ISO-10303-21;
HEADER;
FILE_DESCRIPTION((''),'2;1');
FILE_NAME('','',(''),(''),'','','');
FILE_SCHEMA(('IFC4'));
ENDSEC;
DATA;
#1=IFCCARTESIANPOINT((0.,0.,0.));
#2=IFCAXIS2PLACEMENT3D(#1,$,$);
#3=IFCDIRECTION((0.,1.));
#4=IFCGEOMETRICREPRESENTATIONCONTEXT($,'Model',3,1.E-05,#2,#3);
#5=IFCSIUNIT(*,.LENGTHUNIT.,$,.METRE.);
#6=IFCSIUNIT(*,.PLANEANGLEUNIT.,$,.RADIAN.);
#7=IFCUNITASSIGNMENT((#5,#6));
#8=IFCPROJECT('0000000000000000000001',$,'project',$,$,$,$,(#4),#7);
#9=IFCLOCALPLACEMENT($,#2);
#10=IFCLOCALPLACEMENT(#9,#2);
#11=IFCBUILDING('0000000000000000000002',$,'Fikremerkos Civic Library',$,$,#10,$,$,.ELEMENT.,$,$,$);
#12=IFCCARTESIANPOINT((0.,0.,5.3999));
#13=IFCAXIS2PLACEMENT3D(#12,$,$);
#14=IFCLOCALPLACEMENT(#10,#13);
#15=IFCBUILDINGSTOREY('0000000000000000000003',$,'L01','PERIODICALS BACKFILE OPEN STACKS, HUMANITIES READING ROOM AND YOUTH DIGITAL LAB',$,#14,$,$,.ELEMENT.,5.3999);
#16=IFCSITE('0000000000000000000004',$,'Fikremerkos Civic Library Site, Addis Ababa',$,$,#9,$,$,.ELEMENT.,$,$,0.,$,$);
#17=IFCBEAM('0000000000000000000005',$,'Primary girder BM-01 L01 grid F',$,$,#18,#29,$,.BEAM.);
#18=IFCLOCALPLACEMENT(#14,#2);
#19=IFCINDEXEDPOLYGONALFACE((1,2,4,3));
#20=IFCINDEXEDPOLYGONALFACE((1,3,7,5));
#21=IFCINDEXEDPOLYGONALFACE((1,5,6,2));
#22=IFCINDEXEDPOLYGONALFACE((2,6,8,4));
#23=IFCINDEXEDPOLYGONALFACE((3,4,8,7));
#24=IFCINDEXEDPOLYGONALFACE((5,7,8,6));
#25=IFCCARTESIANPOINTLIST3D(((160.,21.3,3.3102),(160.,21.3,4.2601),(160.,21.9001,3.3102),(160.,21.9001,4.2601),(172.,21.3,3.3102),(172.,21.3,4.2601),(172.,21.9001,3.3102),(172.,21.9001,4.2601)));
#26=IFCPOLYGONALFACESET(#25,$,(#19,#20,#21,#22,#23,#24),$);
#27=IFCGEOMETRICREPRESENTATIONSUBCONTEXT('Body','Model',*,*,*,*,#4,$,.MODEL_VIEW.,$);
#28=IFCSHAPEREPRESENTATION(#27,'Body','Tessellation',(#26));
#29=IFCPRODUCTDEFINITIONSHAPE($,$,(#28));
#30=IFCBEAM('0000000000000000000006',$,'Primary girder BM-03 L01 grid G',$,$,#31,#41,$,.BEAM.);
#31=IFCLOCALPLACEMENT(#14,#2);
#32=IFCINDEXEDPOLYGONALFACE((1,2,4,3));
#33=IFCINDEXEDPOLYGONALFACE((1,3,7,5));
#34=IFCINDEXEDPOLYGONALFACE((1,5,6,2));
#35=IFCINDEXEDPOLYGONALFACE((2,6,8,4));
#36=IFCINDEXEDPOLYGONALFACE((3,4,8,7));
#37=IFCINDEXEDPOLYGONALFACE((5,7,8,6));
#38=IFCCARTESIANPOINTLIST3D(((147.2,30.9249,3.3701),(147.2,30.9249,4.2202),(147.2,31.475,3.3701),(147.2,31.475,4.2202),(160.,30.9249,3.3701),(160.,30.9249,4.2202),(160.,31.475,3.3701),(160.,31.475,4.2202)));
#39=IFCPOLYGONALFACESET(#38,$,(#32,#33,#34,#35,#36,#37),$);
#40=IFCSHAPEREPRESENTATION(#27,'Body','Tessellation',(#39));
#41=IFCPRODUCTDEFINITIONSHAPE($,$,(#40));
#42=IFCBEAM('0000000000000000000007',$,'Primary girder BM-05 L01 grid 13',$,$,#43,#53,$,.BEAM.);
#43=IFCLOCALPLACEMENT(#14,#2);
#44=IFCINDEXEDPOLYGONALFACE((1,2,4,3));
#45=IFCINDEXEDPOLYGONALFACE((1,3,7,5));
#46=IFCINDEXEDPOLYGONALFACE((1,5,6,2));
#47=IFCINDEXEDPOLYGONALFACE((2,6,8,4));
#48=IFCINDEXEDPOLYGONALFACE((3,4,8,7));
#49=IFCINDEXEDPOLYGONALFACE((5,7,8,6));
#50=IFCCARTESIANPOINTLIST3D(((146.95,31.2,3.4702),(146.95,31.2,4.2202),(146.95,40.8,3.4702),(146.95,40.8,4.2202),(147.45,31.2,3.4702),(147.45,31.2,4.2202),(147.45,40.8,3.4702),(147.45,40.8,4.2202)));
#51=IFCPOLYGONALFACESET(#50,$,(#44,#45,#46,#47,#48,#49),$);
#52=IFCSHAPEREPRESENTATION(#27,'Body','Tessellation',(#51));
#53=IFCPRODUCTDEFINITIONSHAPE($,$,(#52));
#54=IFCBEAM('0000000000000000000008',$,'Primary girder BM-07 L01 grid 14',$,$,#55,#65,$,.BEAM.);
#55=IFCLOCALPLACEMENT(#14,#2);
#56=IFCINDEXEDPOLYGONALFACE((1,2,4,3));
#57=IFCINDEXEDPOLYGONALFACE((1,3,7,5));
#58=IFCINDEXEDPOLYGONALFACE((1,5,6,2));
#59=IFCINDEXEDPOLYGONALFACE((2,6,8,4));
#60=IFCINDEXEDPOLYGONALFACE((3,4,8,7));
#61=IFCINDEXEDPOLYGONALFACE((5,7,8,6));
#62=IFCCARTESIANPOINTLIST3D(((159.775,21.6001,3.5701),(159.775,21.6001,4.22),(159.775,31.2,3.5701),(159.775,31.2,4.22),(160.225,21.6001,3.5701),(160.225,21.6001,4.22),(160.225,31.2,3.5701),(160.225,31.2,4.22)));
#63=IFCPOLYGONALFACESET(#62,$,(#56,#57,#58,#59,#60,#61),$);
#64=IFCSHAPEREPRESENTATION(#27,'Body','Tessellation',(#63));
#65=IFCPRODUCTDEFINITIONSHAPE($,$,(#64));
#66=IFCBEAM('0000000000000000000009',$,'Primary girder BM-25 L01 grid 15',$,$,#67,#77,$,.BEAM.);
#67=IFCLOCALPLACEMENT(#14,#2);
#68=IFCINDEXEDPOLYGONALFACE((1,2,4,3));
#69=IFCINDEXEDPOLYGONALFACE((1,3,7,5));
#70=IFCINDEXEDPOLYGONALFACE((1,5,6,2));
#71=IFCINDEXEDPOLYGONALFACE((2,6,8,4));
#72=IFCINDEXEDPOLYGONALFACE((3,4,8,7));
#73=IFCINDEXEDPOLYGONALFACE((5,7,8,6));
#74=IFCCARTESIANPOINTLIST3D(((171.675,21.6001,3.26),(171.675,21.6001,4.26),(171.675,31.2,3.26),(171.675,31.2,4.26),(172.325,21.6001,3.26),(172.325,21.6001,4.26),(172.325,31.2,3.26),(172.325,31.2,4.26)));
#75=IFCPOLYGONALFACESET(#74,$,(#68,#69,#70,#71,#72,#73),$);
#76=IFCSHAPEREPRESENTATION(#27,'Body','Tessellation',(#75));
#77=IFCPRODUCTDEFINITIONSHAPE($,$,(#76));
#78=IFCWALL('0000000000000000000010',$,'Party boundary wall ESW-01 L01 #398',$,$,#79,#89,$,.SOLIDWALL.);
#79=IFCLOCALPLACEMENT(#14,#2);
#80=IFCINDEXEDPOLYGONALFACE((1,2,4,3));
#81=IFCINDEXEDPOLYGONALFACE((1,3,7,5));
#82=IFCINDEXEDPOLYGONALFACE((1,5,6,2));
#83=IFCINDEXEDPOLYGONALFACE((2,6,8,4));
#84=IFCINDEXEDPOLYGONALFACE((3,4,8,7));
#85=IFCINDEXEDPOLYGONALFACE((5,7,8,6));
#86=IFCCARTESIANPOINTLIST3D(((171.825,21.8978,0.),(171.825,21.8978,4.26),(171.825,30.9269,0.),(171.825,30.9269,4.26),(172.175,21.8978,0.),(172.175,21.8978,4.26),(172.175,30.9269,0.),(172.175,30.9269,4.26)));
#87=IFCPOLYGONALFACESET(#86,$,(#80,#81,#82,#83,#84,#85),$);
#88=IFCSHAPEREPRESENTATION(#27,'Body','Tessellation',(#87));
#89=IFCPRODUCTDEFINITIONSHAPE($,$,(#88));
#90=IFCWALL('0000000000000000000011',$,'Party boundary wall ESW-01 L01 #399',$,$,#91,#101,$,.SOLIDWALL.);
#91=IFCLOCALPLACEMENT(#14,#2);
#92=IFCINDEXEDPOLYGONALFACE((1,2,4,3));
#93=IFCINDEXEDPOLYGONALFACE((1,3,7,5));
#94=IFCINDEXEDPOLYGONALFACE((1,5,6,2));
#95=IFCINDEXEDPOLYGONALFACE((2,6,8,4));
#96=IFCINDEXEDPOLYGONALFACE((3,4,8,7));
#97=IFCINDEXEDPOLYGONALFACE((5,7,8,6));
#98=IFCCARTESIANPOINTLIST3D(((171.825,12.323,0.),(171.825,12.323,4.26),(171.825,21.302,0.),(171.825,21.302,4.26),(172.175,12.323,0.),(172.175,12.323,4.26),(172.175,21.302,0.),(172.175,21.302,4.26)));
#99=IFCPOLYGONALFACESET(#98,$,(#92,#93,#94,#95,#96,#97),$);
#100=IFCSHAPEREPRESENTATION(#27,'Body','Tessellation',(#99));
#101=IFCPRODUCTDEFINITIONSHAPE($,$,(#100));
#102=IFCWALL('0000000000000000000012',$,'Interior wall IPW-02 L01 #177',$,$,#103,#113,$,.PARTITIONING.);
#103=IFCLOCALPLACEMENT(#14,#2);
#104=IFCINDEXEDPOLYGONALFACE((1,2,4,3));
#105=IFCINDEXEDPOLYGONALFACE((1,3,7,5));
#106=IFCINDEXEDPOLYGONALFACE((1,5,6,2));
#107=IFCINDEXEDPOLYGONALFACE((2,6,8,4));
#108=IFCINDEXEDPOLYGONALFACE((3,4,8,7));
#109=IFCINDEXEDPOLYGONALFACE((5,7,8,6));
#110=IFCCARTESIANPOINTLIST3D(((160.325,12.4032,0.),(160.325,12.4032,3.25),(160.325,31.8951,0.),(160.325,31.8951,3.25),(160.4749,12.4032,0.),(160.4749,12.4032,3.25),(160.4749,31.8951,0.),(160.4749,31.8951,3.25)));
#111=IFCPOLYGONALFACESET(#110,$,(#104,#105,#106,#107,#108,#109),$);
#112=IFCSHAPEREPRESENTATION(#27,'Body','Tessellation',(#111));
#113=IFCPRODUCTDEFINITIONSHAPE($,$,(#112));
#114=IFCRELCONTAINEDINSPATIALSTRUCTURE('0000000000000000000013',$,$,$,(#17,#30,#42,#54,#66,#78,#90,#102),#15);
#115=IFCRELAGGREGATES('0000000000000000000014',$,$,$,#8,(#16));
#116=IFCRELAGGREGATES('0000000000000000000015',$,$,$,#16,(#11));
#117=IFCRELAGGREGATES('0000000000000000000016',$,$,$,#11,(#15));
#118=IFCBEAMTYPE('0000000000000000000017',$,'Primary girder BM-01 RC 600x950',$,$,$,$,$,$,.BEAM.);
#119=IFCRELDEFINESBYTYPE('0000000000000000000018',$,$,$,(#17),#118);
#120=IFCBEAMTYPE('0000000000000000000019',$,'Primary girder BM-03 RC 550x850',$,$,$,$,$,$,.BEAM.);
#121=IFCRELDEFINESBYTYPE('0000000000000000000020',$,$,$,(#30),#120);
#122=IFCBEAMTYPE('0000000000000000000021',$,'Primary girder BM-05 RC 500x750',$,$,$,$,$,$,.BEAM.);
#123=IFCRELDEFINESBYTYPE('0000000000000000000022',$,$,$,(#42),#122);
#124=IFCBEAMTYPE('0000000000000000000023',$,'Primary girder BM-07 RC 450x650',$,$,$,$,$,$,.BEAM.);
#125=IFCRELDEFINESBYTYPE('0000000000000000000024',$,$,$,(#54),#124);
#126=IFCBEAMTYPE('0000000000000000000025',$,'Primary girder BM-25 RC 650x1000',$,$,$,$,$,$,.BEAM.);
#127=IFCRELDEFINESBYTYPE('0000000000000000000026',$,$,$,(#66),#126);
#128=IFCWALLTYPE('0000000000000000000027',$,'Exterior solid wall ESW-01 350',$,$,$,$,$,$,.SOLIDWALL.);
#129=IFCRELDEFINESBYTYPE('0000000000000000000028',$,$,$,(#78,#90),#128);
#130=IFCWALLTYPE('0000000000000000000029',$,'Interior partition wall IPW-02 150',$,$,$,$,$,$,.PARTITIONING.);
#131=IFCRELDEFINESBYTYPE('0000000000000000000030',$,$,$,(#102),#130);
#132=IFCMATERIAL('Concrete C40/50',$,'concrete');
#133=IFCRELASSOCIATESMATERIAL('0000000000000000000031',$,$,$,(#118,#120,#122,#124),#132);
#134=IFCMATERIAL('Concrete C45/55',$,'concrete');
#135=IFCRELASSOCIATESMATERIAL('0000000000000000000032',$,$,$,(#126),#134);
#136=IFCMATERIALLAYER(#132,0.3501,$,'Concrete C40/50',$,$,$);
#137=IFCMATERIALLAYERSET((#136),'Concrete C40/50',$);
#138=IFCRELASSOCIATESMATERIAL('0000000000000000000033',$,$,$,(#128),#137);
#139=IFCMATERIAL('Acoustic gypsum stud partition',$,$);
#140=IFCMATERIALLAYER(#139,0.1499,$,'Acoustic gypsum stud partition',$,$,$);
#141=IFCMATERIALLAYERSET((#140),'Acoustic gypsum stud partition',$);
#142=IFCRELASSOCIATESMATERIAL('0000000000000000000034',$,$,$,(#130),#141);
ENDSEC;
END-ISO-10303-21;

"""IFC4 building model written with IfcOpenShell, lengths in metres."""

from ifc_helpers import new_model, si_unit, direction, frame, frame_2d, origin, origin_2d, place, context, subcontext, project, spatial, rectangle, extrude, material, layer, layer_set, material_profile, profile_set, type_object, element, save


model = new_model("IFC4")

# Units and contexts
model_context = context("Model", 3, precision=1e-05, world=origin(), true_north=direction((0.0, 1.0)))
body_context = subcontext(model_context, "Body", "Model", "MODEL_VIEW")
ifc_project = project(units=[si_unit("LENGTHUNIT", "METRE"), si_unit("PLANEANGLEUNIT", "RADIAN")], contexts=[model_context])

# Site, building, storey
site_placement = place(None, origin())
site = spatial("IfcSite", under=ifc_project, at=site_placement, Name="Fikremerkos Civic Library Site, Addis Ababa", CompositionType="ELEMENT", RefElevation=0.0)
building_placement = place(site_placement, origin())
building = spatial("IfcBuilding", under=site, at=building_placement, Name="Fikremerkos Civic Library", CompositionType="ELEMENT")
storey_placement = place(building_placement, frame((0.0, 0.0, 5.3999)))
storey = spatial("IfcBuildingStorey", under=building, at=storey_placement, Name="L01", Description="PERIODICALS BACKFILE OPEN STACKS, HUMANITIES READING ROOM AND YOUTH DIGITAL LAB", CompositionType="ELEMENT", Elevation=5.3999)

# Shared definitions
ifc_material_1 = material(Name="Concrete C40/50", Category="concrete")

# Beams
ifc_material_profile_1 = material_profile(ifc_material_1, rectangle(XDim=0.6001, YDim=0.95, at=origin_2d()), Name="RC 600x950")
ifc_profile_set_1 = profile_set([ifc_material_profile_1], Name="Concrete C40/50")
beam_type_1 = type_object("IfcBeamType", Name="Primary girder BM-01 RC 600x950", PredefinedType="BEAM", material=ifc_profile_set_1)
beam_1_placement = place(storey_placement, frame((160.0, 21.6001, 3.7852), z_axis=(1.0, 0.0, 0.0), x_axis=(0.0, 1.0, 0.0)))
element("IfcBeam", 1, at=beam_1_placement, inside=storey, type_object=beam_type_1, Name="Primary girder BM-01 L01 grid F", PredefinedType="BEAM", context=body_context, shape_type="SweptSolid", body=[
    extrude(rectangle(XDim=0.6001, YDim=0.95, at=origin_2d()), origin(), (0.0, 0.0, 1.0), 12.0),
])
ifc_material_profile_2 = material_profile(ifc_material_1, rectangle(XDim=0.55, YDim=0.8501, at=origin_2d()), Name="RC 550x850")
ifc_profile_set_2 = profile_set([ifc_material_profile_2], Name="Concrete C40/50")
beam_type_2 = type_object("IfcBeamType", Name="Primary girder BM-03 RC 550x850", PredefinedType="BEAM", material=ifc_profile_set_2)
beam_2_placement = place(storey_placement, frame((147.2, 31.2, 3.7952), z_axis=(1.0, 0.0, 0.0), x_axis=(0.0, 1.0, 0.0)))
element("IfcBeam", 2, at=beam_2_placement, inside=storey, type_object=beam_type_2, Name="Primary girder BM-03 L01 grid G", PredefinedType="BEAM", context=body_context, shape_type="SweptSolid", body=[
    extrude(rectangle(XDim=0.55, YDim=0.8501, at=origin_2d()), origin(), (0.0, 0.0, 1.0), 12.8),
])
ifc_material_profile_3 = material_profile(ifc_material_1, rectangle(XDim=0.5, YDim=0.75, at=origin_2d()), Name="RC 500x750")
ifc_profile_set_3 = profile_set([ifc_material_profile_3], Name="Concrete C40/50")
beam_type_3 = type_object("IfcBeamType", Name="Primary girder BM-05 RC 500x750", PredefinedType="BEAM", material=ifc_profile_set_3)
beam_3_placement = place(storey_placement, frame((147.2, 31.2, 3.8452), z_axis=(0.0, 1.0, 0.0), x_axis=(-1.0, 0.0, 0.0)))
element("IfcBeam", 3, at=beam_3_placement, inside=storey, type_object=beam_type_3, Name="Primary girder BM-05 L01 grid 13", PredefinedType="BEAM", context=body_context, shape_type="SweptSolid", body=[
    extrude(rectangle(XDim=0.5, YDim=0.75, at=origin_2d()), origin(), (0.0, 0.0, 1.0), 9.6001),
])
ifc_material_profile_4 = material_profile(ifc_material_1, rectangle(XDim=0.45, YDim=0.6499, at=origin_2d()), Name="RC 450x650")
ifc_profile_set_4 = profile_set([ifc_material_profile_4], Name="Concrete C40/50")
beam_type_4 = type_object("IfcBeamType", Name="Primary girder BM-07 RC 450x650", PredefinedType="BEAM", material=ifc_profile_set_4)
beam_4_placement = place(storey_placement, frame((160.0, 21.6001, 3.895), z_axis=(0.0, 1.0, 0.0), x_axis=(-1.0, 0.0, 0.0)))
element("IfcBeam", 4, at=beam_4_placement, inside=storey, type_object=beam_type_4, Name="Primary girder BM-07 L01 grid 14", PredefinedType="BEAM", context=body_context, shape_type="SweptSolid", body=[
    extrude(rectangle(XDim=0.45, YDim=0.6499, at=origin_2d()), origin(), (0.0, 0.0, 1.0), 9.5999),
])
ifc_material_2 = material(Name="Concrete C45/55", Category="concrete")
ifc_material_profile_5 = material_profile(ifc_material_2, rectangle(XDim=0.6499, YDim=1.0, at=origin_2d()), Name="RC 650x1000")
ifc_profile_set_5 = profile_set([ifc_material_profile_5], Name="Concrete C45/55")
beam_type_5 = type_object("IfcBeamType", Name="Primary girder BM-25 RC 650x1000", PredefinedType="BEAM", material=ifc_profile_set_5)
beam_5_placement = place(storey_placement, frame((172.0, 21.6001, 3.76), z_axis=(0.0, 1.0, 0.0), x_axis=(-1.0, 0.0, 0.0)))
element("IfcBeam", 5, at=beam_5_placement, inside=storey, type_object=beam_type_5, Name="Primary girder BM-25 L01 grid 15", PredefinedType="BEAM", context=body_context, shape_type="SweptSolid", body=[
    extrude(rectangle(XDim=0.6499, YDim=1.0, at=origin_2d()), origin(), (0.0, 0.0, 1.0), 9.5999),
])

# Walls
ifc_layer_1 = layer(ifc_material_1, 0.3501, Name="Concrete C40/50")
ifc_layer_set_1 = layer_set([ifc_layer_1], Name="Concrete C40/50")
wall_type_1 = type_object("IfcWallType", Name="Exterior solid wall ESW-01 350", PredefinedType="SOLIDWALL", material=ifc_layer_set_1)
wall_1_placement = place(storey_placement, frame((172.0, 30.927, 0.0), z_axis=(0.0, 0.0, 1.0), x_axis=(0.0, -1.0, 0.0)))
element("IfcWall", 6, at=wall_1_placement, inside=storey, type_object=wall_type_1, Name="Party boundary wall ESW-01 L01 #398", PredefinedType="SOLIDWALL", context=body_context, shape_type="SweptSolid", body=[
    extrude(rectangle(XDim=9.0291, YDim=0.3501, at=frame_2d((4.5146, 0.0))), origin(), (0.0, 0.0, 1.0), 4.26),
])
wall_2_placement = place(storey_placement, frame((172.0, 21.302, 0.0), z_axis=(0.0, 0.0, 1.0), x_axis=(0.0, -1.0, 0.0)))
element("IfcWall", 7, at=wall_2_placement, inside=storey, type_object=wall_type_1, Name="Party boundary wall ESW-01 L01 #399", PredefinedType="SOLIDWALL", context=body_context, shape_type="SweptSolid", body=[
    extrude(rectangle(XDim=8.979, YDim=0.3501, at=frame_2d((4.4895, 0.0))), origin(), (0.0, 0.0, 1.0), 4.26),
])
ifc_material_3 = material(Name="Acoustic gypsum stud partition")
ifc_layer_2 = layer(ifc_material_3, 0.1499, Name="Acoustic gypsum stud partition")
ifc_layer_set_2 = layer_set([ifc_layer_2], Name="Acoustic gypsum stud partition")
wall_type_2 = type_object("IfcWallType", Name="Interior partition wall IPW-02 150", PredefinedType="PARTITIONING", material=ifc_layer_set_2)
wall_3_placement = place(storey_placement, frame((160.3999, 12.4031, 0.0), z_axis=(0.0, 0.0, 1.0), x_axis=(0.0, 1.0, 0.0)))
element("IfcWall", 8, at=wall_3_placement, inside=storey, type_object=wall_type_2, Name="Interior wall IPW-02 L01 #177", PredefinedType="PARTITIONING", context=body_context, shape_type="SweptSolid", body=[
    extrude(rectangle(XDim=19.4919, YDim=0.1499, at=frame_2d((9.7461, 0.0))), origin(), (0.0, 0.0, 1.0), 3.25),
])

save(model, "model.ifc")
